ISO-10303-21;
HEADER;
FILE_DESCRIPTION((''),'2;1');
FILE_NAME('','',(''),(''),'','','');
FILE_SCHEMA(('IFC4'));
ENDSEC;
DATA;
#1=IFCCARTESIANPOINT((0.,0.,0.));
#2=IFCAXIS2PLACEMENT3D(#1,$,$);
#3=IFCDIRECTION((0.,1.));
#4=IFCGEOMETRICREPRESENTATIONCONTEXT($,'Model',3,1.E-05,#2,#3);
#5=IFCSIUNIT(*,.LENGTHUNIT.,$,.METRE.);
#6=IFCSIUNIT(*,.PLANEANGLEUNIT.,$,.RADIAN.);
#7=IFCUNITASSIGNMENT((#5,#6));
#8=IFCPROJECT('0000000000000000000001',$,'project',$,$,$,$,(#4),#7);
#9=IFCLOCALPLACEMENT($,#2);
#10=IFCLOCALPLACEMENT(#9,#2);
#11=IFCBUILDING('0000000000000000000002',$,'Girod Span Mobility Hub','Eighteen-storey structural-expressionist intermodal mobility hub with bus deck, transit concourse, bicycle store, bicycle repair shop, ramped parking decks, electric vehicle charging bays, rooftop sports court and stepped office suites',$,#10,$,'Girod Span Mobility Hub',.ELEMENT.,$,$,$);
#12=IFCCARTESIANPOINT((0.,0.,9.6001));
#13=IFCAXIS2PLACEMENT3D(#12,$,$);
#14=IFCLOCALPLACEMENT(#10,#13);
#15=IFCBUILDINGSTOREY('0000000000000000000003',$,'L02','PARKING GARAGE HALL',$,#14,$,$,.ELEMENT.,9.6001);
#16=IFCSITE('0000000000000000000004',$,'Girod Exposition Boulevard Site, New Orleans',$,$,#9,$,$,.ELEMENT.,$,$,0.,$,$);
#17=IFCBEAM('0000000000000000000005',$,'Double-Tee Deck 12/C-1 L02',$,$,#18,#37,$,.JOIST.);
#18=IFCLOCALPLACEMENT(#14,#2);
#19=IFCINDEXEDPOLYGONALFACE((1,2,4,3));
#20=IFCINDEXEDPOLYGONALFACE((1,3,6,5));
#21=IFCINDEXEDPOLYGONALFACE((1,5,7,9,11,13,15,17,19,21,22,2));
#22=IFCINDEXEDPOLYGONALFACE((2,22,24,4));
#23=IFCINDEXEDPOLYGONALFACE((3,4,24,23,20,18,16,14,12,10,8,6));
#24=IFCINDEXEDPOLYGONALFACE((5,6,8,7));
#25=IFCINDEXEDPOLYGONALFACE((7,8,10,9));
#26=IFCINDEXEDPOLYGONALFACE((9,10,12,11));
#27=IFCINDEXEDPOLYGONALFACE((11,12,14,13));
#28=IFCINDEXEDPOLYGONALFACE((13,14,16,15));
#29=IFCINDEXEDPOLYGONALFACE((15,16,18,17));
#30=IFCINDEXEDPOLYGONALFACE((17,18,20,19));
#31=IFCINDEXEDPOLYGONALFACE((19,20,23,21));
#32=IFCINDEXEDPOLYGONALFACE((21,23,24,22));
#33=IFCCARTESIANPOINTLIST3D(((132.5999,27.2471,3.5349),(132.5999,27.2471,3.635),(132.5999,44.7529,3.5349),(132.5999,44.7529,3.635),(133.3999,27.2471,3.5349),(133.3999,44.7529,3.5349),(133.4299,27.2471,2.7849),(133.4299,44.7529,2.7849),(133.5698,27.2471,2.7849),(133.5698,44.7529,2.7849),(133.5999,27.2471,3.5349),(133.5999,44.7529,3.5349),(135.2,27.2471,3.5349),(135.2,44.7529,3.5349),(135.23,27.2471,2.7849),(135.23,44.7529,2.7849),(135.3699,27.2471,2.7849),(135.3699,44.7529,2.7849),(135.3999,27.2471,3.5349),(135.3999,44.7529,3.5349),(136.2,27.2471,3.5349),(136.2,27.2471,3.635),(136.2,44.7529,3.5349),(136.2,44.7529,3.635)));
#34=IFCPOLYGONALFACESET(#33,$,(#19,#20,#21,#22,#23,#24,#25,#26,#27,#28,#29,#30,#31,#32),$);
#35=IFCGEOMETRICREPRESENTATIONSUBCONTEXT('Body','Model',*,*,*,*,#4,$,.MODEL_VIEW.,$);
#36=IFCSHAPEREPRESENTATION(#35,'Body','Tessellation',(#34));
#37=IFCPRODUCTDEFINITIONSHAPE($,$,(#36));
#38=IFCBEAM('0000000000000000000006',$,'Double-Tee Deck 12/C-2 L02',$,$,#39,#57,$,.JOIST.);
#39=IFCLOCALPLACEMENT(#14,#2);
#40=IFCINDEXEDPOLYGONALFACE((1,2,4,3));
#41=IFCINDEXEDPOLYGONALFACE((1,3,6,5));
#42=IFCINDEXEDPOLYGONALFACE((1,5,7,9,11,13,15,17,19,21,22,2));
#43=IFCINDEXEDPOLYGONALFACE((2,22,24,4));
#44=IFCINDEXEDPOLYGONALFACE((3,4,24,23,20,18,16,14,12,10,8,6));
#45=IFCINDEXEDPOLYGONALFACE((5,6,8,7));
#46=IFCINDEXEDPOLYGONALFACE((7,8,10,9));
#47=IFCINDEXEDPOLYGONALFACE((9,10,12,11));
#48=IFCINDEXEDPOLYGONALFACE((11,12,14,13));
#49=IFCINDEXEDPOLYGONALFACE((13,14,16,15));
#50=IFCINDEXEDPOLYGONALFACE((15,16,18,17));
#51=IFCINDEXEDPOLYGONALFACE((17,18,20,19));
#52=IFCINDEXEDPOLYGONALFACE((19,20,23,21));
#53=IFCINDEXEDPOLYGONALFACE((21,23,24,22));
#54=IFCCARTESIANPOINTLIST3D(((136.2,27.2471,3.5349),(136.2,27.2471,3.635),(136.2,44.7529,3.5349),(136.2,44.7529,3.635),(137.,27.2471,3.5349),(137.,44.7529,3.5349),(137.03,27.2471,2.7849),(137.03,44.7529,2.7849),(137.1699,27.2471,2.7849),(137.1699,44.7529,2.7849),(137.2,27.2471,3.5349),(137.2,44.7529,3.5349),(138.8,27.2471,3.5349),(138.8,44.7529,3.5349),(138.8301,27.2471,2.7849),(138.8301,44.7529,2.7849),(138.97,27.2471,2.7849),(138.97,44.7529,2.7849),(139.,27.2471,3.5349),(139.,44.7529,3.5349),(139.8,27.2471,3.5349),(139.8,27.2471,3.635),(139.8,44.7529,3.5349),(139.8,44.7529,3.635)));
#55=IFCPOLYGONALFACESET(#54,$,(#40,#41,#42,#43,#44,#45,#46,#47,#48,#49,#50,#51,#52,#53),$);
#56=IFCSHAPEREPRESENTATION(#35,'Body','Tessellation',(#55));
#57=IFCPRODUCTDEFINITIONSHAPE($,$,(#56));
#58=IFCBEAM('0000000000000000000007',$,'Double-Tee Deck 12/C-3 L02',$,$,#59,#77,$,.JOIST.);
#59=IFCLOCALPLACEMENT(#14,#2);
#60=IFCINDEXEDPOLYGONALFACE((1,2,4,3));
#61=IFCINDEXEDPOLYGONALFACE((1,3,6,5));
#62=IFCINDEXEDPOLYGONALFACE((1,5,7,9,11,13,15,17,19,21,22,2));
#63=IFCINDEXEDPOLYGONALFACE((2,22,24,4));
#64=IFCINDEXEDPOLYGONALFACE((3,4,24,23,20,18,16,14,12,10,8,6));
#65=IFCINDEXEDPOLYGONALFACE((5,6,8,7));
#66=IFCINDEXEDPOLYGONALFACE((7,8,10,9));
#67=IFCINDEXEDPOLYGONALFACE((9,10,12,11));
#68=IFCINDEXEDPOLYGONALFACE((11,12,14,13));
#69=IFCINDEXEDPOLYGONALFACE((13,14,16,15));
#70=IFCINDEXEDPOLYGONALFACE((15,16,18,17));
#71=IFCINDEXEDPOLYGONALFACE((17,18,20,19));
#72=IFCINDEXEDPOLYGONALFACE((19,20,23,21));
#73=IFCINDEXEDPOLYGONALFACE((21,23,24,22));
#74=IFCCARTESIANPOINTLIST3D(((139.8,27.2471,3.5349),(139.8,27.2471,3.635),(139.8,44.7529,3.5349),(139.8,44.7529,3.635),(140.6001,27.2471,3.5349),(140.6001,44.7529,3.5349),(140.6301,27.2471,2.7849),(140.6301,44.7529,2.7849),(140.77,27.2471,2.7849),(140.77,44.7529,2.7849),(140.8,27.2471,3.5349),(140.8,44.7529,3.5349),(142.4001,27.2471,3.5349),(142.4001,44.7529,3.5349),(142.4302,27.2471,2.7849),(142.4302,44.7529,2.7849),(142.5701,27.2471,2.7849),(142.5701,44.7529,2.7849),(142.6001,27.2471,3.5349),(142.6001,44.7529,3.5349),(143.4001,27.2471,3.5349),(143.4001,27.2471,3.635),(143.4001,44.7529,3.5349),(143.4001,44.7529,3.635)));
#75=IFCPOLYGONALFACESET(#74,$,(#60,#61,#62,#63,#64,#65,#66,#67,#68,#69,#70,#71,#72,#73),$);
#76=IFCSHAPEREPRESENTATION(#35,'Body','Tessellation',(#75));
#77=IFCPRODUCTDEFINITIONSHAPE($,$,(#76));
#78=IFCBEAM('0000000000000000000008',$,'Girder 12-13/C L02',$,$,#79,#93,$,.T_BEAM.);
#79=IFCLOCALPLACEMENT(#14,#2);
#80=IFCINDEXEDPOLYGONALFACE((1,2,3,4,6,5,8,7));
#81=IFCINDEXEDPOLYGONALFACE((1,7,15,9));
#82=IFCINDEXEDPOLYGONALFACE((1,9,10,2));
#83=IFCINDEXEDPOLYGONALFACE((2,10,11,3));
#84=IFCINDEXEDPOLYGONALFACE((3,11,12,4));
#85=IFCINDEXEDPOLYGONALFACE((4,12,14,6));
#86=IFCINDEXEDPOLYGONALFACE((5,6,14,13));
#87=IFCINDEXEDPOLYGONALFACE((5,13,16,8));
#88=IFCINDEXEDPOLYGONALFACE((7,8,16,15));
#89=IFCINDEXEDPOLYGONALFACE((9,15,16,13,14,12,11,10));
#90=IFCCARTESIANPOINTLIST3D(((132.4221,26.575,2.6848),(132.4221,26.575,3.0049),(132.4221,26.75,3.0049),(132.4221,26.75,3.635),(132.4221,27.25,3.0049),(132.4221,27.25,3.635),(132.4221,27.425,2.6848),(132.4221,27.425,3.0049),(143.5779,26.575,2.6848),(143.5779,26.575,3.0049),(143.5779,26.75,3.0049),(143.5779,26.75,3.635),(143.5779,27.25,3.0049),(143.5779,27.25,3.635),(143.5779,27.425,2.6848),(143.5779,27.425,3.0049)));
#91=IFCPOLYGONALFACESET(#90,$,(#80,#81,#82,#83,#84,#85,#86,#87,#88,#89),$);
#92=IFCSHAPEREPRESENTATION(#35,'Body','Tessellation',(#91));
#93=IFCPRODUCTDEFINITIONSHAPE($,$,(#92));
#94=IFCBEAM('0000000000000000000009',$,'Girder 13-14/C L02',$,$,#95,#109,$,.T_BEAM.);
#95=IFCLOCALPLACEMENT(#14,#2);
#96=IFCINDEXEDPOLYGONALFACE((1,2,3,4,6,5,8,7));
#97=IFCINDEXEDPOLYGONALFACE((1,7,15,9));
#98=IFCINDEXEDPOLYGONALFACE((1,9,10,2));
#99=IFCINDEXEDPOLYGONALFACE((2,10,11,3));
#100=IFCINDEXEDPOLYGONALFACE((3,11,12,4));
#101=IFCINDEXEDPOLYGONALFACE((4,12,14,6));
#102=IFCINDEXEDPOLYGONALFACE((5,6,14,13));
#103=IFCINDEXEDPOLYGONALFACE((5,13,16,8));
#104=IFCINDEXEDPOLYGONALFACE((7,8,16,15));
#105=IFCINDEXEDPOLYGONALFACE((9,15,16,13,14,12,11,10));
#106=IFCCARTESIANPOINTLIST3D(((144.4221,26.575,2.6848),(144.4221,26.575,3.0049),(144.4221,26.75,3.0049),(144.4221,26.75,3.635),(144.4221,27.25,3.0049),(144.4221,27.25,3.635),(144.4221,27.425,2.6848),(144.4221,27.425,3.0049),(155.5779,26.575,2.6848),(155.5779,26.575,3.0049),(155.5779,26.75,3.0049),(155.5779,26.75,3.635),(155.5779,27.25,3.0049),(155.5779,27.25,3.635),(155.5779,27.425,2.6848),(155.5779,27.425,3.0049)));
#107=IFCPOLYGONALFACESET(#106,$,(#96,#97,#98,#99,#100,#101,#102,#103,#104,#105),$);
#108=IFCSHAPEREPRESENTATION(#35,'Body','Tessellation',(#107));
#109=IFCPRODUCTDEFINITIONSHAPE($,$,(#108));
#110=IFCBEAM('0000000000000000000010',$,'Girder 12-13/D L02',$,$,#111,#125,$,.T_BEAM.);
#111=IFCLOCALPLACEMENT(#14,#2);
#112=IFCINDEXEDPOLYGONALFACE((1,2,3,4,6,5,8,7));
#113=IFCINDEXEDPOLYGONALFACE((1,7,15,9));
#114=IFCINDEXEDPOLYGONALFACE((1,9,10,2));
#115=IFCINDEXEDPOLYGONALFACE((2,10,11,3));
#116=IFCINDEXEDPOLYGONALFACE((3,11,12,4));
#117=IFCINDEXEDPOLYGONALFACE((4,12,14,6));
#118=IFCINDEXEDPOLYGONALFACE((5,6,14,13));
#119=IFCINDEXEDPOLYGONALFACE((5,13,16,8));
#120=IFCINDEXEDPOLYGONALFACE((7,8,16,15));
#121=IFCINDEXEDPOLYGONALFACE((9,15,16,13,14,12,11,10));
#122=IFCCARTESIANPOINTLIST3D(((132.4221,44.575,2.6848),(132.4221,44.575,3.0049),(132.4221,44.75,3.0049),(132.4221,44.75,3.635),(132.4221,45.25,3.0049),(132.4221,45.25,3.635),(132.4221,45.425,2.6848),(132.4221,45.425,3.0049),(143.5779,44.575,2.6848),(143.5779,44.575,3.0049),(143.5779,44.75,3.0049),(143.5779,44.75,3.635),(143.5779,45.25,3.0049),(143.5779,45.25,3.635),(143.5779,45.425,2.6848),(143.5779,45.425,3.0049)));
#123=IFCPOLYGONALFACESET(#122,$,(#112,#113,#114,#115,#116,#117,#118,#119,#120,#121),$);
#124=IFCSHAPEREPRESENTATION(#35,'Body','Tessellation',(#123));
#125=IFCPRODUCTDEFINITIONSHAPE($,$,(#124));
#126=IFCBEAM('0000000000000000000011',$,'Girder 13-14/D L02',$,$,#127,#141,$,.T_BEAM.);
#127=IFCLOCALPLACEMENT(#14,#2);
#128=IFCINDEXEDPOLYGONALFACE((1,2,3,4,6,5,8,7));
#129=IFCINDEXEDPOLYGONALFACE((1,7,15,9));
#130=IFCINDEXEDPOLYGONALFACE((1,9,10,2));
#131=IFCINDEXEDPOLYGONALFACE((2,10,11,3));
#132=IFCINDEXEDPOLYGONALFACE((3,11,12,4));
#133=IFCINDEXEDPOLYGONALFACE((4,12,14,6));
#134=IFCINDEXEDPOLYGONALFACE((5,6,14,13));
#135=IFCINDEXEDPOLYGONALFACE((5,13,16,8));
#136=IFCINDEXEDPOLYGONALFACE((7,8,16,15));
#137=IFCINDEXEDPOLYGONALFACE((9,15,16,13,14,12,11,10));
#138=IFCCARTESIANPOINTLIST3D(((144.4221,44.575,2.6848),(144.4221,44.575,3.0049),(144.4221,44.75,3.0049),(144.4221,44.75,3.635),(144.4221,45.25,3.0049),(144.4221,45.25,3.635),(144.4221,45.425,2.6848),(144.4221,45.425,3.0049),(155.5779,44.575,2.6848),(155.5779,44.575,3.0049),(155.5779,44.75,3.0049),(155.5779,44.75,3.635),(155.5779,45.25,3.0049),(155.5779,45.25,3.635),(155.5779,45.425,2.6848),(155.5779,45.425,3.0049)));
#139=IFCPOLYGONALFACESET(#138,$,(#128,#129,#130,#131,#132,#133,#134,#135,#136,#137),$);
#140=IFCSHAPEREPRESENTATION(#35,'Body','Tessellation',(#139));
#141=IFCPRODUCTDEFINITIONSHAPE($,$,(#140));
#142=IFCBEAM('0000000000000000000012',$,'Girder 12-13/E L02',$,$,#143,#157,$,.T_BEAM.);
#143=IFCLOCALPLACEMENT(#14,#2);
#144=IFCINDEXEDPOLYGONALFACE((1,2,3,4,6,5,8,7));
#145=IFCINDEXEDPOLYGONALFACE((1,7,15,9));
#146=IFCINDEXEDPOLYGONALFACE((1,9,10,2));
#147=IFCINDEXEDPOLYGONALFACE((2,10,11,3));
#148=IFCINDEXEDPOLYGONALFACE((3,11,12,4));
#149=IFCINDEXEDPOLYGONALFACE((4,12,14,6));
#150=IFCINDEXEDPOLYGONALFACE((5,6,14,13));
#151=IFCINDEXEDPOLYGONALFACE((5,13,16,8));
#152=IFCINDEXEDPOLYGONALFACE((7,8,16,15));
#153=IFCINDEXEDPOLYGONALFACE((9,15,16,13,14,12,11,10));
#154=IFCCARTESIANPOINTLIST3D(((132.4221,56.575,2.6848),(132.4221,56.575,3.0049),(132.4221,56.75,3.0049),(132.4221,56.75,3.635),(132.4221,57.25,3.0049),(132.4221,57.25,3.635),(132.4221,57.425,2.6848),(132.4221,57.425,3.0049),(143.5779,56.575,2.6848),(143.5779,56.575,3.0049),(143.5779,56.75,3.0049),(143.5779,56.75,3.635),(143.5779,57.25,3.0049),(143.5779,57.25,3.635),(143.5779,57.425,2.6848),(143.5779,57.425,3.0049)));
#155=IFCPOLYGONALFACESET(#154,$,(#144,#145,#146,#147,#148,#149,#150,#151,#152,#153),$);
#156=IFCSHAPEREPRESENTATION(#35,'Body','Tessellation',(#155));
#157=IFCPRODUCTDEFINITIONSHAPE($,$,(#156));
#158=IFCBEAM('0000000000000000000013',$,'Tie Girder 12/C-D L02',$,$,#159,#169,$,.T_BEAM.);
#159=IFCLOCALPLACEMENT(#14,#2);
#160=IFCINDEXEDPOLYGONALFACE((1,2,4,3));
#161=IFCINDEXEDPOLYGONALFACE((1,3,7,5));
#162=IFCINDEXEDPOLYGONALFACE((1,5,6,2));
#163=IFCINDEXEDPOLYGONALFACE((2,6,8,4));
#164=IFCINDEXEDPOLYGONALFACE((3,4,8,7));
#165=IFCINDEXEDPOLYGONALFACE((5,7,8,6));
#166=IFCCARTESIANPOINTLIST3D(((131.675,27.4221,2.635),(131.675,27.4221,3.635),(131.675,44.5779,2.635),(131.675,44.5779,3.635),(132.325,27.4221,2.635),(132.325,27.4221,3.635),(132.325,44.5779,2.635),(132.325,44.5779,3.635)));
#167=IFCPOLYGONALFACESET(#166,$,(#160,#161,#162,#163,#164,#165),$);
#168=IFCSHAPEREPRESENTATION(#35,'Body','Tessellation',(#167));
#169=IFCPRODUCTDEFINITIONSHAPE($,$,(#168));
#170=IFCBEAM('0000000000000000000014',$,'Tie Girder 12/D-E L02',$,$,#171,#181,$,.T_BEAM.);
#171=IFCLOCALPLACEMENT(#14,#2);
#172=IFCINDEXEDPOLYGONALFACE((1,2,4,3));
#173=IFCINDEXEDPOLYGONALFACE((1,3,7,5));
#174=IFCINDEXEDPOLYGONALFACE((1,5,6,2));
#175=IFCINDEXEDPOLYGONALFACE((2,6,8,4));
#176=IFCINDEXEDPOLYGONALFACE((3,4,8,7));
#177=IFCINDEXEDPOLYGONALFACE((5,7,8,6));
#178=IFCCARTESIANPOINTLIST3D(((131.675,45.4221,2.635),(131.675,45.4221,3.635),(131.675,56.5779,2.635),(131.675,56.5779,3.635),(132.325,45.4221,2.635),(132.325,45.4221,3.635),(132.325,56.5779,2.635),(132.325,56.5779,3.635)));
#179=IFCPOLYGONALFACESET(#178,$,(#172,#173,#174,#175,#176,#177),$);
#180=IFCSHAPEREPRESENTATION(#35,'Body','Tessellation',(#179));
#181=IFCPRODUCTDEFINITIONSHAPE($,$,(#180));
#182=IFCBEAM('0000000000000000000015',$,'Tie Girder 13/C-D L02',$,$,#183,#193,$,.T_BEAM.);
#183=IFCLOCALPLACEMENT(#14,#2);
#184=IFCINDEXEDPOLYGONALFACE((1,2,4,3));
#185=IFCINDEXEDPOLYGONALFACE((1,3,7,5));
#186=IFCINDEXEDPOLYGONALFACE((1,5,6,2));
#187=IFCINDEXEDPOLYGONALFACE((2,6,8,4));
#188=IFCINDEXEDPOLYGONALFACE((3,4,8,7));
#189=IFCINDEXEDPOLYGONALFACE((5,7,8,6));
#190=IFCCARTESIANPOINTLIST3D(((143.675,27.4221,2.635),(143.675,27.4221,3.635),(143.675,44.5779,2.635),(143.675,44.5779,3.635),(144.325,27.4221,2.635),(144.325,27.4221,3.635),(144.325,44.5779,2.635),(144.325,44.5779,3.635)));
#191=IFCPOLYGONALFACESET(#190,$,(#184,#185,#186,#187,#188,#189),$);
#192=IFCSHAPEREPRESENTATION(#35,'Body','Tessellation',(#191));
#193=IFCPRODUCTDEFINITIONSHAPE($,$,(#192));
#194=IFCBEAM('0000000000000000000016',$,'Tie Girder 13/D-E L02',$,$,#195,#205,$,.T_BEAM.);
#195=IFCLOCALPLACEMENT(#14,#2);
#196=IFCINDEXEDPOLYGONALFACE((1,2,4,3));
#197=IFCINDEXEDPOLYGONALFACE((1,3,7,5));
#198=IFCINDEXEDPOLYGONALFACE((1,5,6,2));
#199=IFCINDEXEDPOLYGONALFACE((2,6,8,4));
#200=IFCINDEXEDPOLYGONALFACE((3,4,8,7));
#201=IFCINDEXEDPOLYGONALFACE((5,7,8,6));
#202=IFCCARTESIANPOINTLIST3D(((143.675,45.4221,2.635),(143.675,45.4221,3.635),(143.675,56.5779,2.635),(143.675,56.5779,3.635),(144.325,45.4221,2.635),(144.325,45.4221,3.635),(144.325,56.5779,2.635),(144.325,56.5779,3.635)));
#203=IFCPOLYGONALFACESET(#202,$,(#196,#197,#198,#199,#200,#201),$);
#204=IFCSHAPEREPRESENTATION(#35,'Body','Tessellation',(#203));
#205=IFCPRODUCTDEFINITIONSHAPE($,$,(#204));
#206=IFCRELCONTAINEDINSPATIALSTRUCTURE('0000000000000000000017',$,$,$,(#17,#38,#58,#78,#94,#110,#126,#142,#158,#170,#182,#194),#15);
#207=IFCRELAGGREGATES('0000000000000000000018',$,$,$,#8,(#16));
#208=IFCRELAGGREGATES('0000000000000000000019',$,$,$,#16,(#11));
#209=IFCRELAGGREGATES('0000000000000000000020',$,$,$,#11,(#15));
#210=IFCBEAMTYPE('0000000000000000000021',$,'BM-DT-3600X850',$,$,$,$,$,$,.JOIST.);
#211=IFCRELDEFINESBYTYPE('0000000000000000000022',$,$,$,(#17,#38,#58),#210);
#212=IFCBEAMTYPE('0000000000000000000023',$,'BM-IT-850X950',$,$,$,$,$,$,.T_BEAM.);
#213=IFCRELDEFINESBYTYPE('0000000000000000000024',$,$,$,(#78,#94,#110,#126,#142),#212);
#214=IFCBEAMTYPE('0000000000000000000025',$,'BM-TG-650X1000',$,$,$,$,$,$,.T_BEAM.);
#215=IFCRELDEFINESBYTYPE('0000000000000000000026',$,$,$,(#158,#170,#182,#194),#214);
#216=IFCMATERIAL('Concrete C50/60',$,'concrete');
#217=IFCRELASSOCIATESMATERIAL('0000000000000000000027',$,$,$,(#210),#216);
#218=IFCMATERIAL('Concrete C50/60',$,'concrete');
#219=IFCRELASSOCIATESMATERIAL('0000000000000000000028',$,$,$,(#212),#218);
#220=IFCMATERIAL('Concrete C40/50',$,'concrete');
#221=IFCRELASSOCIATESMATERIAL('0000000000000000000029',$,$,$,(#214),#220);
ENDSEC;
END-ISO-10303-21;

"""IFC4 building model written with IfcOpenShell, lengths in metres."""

from ifc_helpers import new_model, si_unit, direction, frame, origin, origin_2d, place, context, subcontext, project, spatial, polyline, rectangle, outline, extrude, material, material_profile, profile_set, type_object, element, save


model = new_model("IFC4")

# Units and contexts
model_context = context("Model", 3, precision=1e-05, world=origin(), true_north=direction((0.0, 1.0)))
body_context = subcontext(model_context, "Body", "Model", "MODEL_VIEW")
ifc_project = project(units=[si_unit("LENGTHUNIT", "METRE"), si_unit("PLANEANGLEUNIT", "RADIAN")], contexts=[model_context])

# Site, building, storey
site_placement = place(None, origin())
site = spatial("IfcSite", under=ifc_project, at=site_placement, Name="Girod Exposition Boulevard Site, New Orleans", CompositionType="ELEMENT", RefElevation=0.0)
building_placement = place(site_placement, origin())
building = spatial("IfcBuilding", under=site, at=building_placement, Name="Girod Span Mobility Hub", Description="Eighteen-storey structural-expressionist intermodal mobility hub with bus deck, transit concourse, bicycle store, bicycle repair shop, ramped parking decks, electric vehicle charging bays, rooftop sports court and stepped office suites", LongName="Girod Span Mobility Hub", CompositionType="ELEMENT")
storey_placement = place(building_placement, frame((0.0, 0.0, 9.6001)))
storey = spatial("IfcBuildingStorey", under=building, at=storey_placement, Name="L02", Description="PARKING GARAGE HALL", CompositionType="ELEMENT", Elevation=9.6001)

# Beams
ifc_material_1 = material(Name="Concrete C50/60", Category="concrete")
ifc_material_profile_1 = material_profile(ifc_material_1, outline(polyline([(-1.8, 0.425), (-1.8, 0.325), (-1.0, 0.325), (-0.97, -0.425), (-0.8301, -0.425), (-0.8, 0.325), (0.8, 0.325), (0.8301, -0.425), (0.97, -0.425), (1.0, 0.325), (1.8, 0.325), (1.8, 0.425), (-1.8, 0.425)])), Name="DT-3600X850")
ifc_profile_set_1 = profile_set([ifc_material_profile_1], Name="Concrete C50/60")
beam_type_1 = type_object("IfcBeamType", Name="BM-DT-3600X850", PredefinedType="JOIST", material=ifc_profile_set_1)
for number, where, z_axis, x_axis, name in (
    (1, (134.3999, 27.2471, 3.21), (0.0, 1.0, 0.0), (-1.0, 0.0, 0.0), "Double-Tee Deck 12/C-1 L02"),
    (2, (138.0, 27.2471, 3.21), (0.0, 1.0, 0.0), (-1.0, 0.0, 0.0), "Double-Tee Deck 12/C-2 L02"),
    (3, (141.6001, 27.2471, 3.21), (0.0, 1.0, 0.0), (-1.0, 0.0, 0.0), "Double-Tee Deck 12/C-3 L02"),
):
    element("IfcBeam", number, at=place(storey_placement, frame(where, z_axis=z_axis, x_axis=x_axis)), inside=storey, type_object=beam_type_1, Name=name, PredefinedType="JOIST", context=body_context, shape_type="SweptSolid", body=[
        extrude(outline(polyline([(-1.8, 0.425), (-1.8, 0.325), (-1.0, 0.325), (-0.97, -0.425), (-0.8301, -0.425), (-0.8, 0.325), (0.8, 0.325), (0.8301, -0.425), (0.97, -0.425), (1.0, 0.325), (1.8, 0.325), (1.8, 0.425), (-1.8, 0.425)])), origin(), (0.0, 0.0, 1.0), 17.5059),
    ])
ifc_material_2 = material(Name="Concrete C50/60", Category="concrete")
ifc_material_profile_2 = material_profile(ifc_material_2, outline(polyline([(-0.425, -0.4751), (0.425, -0.4751), (0.425, -0.155), (0.25, -0.155), (0.25, 0.4751), (-0.25, 0.4751), (-0.25, -0.155), (-0.425, -0.155), (-0.425, -0.4751)])), Name="IT-850X950")
ifc_profile_set_2 = profile_set([ifc_material_profile_2], Name="Concrete C50/60")
beam_type_2 = type_object("IfcBeamType", Name="BM-IT-850X950", PredefinedType="T_BEAM", material=ifc_profile_set_2)
for number, where, z_axis, x_axis, name in (
    (4, (132.4221, 27.0, 3.1599), (1.0, 0.0, 0.0), (0.0, 1.0, 0.0), "Girder 12-13/C L02"),
    (5, (144.4221, 27.0, 3.1599), (1.0, 0.0, 0.0), (0.0, 1.0, 0.0), "Girder 13-14/C L02"),
    (6, (132.4221, 45.0, 3.1599), (1.0, 0.0, 0.0), (0.0, 1.0, 0.0), "Girder 12-13/D L02"),
    (7, (144.4221, 45.0, 3.1599), (1.0, 0.0, 0.0), (0.0, 1.0, 0.0), "Girder 13-14/D L02"),
    (8, (132.4221, 57.0, 3.1599), (1.0, 0.0, 0.0), (0.0, 1.0, 0.0), "Girder 12-13/E L02"),
):
    element("IfcBeam", number, at=place(storey_placement, frame(where, z_axis=z_axis, x_axis=x_axis)), inside=storey, type_object=beam_type_2, Name=name, PredefinedType="T_BEAM", context=body_context, shape_type="SweptSolid", body=[
        extrude(outline(polyline([(-0.425, -0.4751), (0.425, -0.4751), (0.425, -0.155), (0.25, -0.155), (0.25, 0.4751), (-0.25, 0.4751), (-0.25, -0.155), (-0.425, -0.155), (-0.425, -0.4751)])), origin(), (0.0, 0.0, 1.0), 11.1558),
    ])
ifc_material_3 = material(Name="Concrete C40/50", Category="concrete")
ifc_material_profile_3 = material_profile(ifc_material_3, rectangle(XDim=0.6499, YDim=1.0, at=origin_2d()), Name="TG-650X1000")
ifc_profile_set_3 = profile_set([ifc_material_profile_3], Name="Concrete C40/50")
beam_type_3 = type_object("IfcBeamType", Name="BM-TG-650X1000", PredefinedType="T_BEAM", material=ifc_profile_set_3)
beam_1_placement = place(storey_placement, frame((132.0, 27.4221, 3.135), z_axis=(0.0, 1.0, 0.0), x_axis=(-1.0, 0.0, 0.0)))
element("IfcBeam", 9, at=beam_1_placement, inside=storey, type_object=beam_type_3, Name="Tie Girder 12/C-D L02", PredefinedType="T_BEAM", context=body_context, shape_type="SweptSolid", body=[
    extrude(rectangle(XDim=0.6499, YDim=1.0, at=origin_2d()), origin(), (0.0, 0.0, 1.0), 17.1558),
])
beam_2_placement = place(storey_placement, frame((132.0, 45.4221, 3.135), z_axis=(0.0, 1.0, 0.0), x_axis=(-1.0, 0.0, 0.0)))
element("IfcBeam", 10, at=beam_2_placement, inside=storey, type_object=beam_type_3, Name="Tie Girder 12/D-E L02", PredefinedType="T_BEAM", context=body_context, shape_type="SweptSolid", body=[
    extrude(rectangle(XDim=0.6499, YDim=1.0, at=origin_2d()), origin(), (0.0, 0.0, 1.0), 11.1558),
])
beam_3_placement = place(storey_placement, frame((144.0, 27.4221, 3.135), z_axis=(0.0, 1.0, 0.0), x_axis=(-1.0, 0.0, 0.0)))
element("IfcBeam", 11, at=beam_3_placement, inside=storey, type_object=beam_type_3, Name="Tie Girder 13/C-D L02", PredefinedType="T_BEAM", context=body_context, shape_type="SweptSolid", body=[
    extrude(rectangle(XDim=0.6499, YDim=1.0, at=origin_2d()), origin(), (0.0, 0.0, 1.0), 17.1558),
])
beam_4_placement = place(storey_placement, frame((144.0, 45.4221, 3.135), z_axis=(0.0, 1.0, 0.0), x_axis=(-1.0, 0.0, 0.0)))
element("IfcBeam", 12, at=beam_4_placement, inside=storey, type_object=beam_type_3, Name="Tie Girder 13/D-E L02", PredefinedType="T_BEAM", context=body_context, shape_type="SweptSolid", body=[
    extrude(rectangle(XDim=0.6499, YDim=1.0, at=origin_2d()), origin(), (0.0, 0.0, 1.0), 11.1558),
])

save(model, "model.ifc")
